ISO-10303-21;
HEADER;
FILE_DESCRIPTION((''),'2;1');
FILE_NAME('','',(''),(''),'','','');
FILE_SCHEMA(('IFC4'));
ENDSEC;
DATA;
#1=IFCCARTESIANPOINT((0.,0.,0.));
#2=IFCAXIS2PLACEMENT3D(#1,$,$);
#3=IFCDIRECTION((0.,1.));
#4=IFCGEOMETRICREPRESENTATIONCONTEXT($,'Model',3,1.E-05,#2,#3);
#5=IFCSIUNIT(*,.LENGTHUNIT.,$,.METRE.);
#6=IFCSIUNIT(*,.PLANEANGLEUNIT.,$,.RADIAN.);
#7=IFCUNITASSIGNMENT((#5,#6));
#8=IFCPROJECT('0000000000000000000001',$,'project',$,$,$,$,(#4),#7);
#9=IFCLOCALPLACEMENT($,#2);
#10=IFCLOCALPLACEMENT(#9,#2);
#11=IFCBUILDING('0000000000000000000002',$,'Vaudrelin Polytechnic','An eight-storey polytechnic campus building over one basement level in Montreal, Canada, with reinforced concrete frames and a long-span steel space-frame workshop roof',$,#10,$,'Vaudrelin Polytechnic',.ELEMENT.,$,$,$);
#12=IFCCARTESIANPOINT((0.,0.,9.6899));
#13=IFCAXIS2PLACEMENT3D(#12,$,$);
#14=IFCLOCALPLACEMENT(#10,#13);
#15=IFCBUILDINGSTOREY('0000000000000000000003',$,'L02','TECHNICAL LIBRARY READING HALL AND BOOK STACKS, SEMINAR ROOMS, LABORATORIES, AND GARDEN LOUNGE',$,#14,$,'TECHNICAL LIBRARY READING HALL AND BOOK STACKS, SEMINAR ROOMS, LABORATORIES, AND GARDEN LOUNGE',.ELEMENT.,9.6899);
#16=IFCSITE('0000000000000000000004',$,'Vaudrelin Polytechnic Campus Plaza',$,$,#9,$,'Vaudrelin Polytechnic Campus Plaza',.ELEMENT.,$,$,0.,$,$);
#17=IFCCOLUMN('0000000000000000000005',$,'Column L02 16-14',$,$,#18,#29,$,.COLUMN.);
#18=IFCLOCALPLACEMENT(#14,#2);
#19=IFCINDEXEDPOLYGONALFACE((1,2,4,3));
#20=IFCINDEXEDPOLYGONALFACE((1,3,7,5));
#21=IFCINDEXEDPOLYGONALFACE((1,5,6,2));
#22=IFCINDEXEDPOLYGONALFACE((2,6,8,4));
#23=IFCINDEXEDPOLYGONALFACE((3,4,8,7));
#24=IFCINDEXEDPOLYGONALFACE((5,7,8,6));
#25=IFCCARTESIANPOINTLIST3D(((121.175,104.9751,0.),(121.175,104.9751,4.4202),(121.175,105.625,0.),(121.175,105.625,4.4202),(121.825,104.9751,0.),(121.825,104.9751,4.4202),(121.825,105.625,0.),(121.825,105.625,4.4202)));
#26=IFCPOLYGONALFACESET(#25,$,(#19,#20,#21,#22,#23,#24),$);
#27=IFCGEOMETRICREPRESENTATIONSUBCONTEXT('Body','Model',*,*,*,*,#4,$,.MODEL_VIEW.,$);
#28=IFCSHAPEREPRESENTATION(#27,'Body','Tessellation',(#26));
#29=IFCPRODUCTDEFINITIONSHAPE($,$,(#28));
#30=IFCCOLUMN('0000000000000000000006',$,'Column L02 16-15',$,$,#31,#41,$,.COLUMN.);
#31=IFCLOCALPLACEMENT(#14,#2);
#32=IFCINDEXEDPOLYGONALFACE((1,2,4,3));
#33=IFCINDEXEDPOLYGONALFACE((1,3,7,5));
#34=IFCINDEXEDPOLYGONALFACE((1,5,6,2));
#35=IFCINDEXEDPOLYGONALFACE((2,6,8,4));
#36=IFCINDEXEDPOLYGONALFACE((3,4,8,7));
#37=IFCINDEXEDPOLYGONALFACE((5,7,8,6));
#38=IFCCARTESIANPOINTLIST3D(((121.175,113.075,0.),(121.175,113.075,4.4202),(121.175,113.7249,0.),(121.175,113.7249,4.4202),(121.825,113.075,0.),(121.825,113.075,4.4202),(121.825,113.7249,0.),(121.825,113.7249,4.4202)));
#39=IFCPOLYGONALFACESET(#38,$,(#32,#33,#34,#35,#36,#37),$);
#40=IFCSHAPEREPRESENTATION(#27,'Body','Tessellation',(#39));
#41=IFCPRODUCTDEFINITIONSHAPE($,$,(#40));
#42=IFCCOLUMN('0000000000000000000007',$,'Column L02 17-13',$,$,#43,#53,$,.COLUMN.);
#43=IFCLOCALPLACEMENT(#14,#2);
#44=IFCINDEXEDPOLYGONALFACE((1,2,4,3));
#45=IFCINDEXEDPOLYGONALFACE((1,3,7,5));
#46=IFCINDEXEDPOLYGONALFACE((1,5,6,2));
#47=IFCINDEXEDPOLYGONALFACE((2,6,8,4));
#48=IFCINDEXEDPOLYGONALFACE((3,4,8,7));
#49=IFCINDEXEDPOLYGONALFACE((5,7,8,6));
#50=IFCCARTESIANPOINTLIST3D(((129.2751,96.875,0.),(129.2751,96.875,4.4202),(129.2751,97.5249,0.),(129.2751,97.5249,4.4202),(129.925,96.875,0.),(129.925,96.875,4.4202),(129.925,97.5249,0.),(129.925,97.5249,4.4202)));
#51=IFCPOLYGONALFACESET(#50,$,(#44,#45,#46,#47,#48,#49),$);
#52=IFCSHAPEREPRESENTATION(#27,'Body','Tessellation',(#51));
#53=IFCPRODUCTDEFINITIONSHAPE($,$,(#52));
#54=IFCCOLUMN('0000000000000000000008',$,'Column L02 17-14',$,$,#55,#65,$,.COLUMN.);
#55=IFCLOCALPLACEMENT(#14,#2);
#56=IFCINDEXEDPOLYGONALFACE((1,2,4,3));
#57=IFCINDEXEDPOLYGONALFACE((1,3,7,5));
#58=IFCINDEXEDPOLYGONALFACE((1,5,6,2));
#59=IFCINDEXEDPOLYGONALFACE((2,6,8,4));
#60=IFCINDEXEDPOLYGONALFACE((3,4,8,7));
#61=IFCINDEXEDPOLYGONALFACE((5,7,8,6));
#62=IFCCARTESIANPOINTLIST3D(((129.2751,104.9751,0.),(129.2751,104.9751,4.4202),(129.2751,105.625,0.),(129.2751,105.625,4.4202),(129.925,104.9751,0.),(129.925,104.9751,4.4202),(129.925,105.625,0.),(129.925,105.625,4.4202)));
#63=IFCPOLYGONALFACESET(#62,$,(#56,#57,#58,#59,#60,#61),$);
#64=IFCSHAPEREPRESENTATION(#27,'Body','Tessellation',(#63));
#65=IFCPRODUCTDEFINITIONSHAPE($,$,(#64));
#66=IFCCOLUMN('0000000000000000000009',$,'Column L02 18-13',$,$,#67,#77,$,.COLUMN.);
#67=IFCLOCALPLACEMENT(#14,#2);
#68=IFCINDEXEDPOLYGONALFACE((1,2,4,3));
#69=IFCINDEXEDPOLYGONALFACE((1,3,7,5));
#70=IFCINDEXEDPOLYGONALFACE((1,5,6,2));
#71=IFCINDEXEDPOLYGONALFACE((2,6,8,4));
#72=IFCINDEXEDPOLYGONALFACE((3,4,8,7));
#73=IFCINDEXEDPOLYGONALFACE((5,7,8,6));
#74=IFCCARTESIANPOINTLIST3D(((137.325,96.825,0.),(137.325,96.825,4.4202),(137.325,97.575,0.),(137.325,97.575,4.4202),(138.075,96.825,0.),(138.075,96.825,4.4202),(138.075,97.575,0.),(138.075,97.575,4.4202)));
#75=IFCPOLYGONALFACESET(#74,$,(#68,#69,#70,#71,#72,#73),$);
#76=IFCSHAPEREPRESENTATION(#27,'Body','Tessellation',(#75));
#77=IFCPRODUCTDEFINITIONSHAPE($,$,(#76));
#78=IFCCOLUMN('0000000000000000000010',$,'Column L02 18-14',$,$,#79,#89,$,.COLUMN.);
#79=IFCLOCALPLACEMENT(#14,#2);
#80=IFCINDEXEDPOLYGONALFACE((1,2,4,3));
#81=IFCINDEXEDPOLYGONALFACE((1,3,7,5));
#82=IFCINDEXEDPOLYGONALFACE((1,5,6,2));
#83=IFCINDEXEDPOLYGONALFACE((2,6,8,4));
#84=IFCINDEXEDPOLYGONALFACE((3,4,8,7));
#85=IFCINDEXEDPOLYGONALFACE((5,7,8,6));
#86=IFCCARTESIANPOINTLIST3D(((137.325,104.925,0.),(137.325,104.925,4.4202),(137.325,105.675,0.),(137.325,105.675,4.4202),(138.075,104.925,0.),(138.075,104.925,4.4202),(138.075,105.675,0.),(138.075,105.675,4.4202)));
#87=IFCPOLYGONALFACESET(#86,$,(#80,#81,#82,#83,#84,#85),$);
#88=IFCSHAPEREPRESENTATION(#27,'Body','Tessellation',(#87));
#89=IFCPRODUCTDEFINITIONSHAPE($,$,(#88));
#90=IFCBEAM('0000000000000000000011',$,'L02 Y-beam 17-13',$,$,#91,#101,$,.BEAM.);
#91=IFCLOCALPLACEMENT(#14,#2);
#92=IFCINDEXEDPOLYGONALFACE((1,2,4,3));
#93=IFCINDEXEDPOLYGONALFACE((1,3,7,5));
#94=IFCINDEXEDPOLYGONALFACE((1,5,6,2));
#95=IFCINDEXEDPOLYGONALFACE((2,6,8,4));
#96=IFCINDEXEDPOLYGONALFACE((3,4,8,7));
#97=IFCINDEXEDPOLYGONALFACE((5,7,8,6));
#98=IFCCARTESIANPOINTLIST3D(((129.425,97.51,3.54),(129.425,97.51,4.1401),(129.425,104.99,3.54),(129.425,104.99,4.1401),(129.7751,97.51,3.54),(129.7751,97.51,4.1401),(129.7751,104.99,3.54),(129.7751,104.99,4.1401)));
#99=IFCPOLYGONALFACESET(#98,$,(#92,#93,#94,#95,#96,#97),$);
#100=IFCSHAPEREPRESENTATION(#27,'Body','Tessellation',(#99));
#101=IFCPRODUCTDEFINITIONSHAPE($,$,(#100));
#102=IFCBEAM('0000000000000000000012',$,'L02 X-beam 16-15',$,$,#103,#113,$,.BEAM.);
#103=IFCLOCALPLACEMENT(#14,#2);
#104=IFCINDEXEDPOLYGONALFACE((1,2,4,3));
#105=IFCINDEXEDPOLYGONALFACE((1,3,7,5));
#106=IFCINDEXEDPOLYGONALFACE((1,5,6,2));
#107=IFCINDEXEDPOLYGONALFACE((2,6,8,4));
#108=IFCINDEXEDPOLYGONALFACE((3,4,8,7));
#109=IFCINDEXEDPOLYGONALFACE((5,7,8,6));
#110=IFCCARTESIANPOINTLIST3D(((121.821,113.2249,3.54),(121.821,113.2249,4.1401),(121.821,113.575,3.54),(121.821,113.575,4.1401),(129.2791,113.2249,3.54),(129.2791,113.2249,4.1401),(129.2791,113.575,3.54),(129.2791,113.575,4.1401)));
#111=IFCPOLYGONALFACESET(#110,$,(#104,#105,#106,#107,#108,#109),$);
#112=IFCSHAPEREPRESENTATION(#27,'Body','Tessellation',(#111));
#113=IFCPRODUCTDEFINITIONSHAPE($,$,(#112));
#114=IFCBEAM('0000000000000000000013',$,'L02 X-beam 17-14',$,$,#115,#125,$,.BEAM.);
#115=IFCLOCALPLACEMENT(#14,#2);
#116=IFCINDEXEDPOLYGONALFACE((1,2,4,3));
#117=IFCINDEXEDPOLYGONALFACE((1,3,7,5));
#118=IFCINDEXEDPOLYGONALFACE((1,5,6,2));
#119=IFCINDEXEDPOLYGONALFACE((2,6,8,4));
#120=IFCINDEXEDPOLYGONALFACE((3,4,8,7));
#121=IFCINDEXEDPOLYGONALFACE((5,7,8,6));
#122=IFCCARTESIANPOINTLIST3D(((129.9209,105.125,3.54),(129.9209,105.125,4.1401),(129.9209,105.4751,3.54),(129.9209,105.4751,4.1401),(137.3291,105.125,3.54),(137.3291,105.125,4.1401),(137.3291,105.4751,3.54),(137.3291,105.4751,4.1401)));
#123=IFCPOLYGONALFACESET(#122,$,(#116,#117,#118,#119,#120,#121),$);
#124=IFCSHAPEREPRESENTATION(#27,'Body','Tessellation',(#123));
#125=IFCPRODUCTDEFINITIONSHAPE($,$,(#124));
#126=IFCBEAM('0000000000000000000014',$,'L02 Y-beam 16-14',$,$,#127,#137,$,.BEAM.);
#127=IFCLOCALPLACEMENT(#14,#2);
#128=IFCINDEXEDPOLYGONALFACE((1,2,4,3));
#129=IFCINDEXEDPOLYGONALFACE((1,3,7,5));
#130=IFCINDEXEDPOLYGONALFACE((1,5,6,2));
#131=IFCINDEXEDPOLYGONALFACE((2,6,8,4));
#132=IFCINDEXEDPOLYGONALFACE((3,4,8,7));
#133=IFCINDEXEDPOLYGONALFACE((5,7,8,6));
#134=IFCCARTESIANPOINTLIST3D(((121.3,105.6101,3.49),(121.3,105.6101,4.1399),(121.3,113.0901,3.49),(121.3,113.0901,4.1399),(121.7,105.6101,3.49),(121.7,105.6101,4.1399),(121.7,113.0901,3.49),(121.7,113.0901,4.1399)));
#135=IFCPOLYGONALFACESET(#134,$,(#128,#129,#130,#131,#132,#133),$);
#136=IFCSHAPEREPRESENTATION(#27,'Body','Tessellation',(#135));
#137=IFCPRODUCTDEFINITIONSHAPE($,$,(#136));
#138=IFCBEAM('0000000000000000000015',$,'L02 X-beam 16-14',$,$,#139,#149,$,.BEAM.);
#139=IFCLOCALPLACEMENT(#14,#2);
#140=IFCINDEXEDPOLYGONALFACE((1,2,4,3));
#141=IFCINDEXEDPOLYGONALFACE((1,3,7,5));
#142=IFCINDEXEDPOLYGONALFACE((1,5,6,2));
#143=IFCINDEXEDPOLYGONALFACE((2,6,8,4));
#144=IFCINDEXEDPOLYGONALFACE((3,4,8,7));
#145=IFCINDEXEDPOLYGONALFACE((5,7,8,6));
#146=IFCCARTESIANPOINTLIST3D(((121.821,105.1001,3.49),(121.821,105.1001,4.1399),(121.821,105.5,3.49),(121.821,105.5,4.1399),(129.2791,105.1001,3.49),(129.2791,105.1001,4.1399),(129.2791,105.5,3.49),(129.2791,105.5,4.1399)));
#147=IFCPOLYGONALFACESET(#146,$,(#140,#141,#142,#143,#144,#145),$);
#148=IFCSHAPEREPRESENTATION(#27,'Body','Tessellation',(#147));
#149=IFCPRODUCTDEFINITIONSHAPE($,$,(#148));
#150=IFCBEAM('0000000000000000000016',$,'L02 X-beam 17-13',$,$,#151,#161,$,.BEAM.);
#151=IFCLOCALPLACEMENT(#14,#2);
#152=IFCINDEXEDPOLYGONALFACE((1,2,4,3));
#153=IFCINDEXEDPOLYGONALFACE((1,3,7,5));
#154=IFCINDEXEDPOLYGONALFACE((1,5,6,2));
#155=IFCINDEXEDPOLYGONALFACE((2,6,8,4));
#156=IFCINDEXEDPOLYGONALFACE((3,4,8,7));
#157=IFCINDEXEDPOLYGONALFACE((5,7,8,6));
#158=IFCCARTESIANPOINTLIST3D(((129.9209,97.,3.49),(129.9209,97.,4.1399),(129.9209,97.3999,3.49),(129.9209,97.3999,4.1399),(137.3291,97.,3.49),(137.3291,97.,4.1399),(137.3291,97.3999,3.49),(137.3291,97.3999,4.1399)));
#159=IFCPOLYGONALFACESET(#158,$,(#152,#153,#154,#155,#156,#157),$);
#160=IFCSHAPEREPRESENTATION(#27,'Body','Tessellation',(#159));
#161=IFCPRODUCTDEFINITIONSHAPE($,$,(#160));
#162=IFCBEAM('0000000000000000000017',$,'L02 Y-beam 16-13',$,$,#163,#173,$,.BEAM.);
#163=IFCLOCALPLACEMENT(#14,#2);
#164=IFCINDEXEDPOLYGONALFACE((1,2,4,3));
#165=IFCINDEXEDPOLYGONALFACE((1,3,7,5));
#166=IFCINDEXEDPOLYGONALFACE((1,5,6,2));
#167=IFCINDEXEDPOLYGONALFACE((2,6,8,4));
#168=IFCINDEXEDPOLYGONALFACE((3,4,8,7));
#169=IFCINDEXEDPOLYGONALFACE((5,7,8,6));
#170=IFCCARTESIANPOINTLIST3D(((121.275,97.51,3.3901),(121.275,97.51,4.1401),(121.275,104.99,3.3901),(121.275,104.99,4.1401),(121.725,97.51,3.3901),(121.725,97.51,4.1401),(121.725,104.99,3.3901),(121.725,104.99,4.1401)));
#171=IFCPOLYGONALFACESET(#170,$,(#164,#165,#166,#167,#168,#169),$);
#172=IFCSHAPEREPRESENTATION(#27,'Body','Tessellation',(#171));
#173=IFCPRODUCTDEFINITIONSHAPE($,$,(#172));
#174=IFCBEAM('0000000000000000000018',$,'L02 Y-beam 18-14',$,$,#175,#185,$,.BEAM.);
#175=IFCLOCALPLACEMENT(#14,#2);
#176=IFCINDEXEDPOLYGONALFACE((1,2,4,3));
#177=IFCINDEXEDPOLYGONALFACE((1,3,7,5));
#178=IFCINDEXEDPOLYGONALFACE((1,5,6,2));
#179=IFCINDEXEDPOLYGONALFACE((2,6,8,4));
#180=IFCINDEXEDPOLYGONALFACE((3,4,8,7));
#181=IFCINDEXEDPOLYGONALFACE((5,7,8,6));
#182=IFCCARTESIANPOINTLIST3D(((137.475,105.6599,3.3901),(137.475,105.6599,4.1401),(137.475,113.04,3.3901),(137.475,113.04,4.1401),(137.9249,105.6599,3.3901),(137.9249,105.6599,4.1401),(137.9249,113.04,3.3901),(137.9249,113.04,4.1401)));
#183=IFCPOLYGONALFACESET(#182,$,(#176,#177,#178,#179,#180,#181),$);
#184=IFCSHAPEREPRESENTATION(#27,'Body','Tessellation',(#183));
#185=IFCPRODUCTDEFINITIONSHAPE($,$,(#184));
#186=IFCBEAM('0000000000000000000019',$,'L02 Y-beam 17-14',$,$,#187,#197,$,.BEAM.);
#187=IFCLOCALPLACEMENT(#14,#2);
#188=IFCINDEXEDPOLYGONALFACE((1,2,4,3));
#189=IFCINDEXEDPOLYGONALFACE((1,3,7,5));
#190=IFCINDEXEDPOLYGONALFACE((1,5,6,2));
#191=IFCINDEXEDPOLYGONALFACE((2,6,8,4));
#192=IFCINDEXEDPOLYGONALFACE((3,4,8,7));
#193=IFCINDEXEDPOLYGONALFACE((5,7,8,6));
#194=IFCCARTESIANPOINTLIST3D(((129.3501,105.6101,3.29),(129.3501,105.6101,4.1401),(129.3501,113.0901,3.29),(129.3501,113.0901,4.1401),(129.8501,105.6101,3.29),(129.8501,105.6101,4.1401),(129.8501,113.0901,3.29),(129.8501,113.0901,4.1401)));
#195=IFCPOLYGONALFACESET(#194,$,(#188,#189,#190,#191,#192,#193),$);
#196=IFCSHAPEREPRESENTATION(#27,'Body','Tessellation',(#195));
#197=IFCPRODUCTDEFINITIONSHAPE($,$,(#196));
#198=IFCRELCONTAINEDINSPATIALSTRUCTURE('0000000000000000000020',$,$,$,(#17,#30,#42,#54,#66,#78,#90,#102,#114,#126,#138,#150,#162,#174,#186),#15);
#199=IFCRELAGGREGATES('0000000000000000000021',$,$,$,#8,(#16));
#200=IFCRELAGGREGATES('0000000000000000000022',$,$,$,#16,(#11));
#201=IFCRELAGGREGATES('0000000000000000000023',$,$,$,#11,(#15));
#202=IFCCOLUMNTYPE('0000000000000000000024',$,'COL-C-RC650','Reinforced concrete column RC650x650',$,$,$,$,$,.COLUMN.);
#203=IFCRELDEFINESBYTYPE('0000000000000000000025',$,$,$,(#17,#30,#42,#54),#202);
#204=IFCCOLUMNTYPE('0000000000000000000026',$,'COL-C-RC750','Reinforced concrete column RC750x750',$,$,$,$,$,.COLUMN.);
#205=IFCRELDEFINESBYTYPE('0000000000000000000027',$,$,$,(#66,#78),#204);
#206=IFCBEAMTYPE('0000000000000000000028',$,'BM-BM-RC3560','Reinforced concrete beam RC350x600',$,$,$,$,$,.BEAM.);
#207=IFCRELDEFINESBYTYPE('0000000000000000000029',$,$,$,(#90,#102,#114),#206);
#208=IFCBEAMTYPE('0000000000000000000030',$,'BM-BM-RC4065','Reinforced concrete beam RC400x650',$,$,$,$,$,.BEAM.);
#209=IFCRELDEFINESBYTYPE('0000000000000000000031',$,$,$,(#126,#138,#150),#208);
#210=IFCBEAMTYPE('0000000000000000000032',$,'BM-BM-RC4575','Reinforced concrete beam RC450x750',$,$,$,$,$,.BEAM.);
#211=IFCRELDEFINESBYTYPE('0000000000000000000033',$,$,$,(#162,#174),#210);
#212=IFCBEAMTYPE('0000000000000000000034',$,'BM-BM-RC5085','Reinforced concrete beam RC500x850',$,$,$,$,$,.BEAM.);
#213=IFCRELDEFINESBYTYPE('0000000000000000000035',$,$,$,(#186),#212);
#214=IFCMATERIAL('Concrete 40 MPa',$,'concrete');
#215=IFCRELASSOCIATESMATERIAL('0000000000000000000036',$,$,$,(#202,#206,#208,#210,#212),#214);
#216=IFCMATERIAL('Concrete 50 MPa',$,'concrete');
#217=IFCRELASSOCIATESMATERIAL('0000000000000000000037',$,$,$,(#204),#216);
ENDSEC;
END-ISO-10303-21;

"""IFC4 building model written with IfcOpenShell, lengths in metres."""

from ifc_helpers import new_model, si_unit, direction, frame, origin, origin_2d, place, context, subcontext, project, spatial, rectangle, extrude, material, material_profile, profile_set, type_object, element, save


model = new_model("IFC4")

# Units and contexts
model_context = context("Model", 3, precision=1e-05, world=origin(), true_north=direction((0.0, 1.0)))
body_context = subcontext(model_context, "Body", "Model", "MODEL_VIEW")
ifc_project = project(units=[si_unit("LENGTHUNIT", "METRE"), si_unit("PLANEANGLEUNIT", "RADIAN")], contexts=[model_context])

# Site, building, storey
site_placement = place(None, origin())
site = spatial("IfcSite", under=ifc_project, at=site_placement, Name="Vaudrelin Polytechnic Campus Plaza", LongName="Vaudrelin Polytechnic Campus Plaza", CompositionType="ELEMENT", RefElevation=0.0)
building_placement = place(site_placement, origin())
building = spatial("IfcBuilding", under=site, at=building_placement, Name="Vaudrelin Polytechnic", Description="An eight-storey polytechnic campus building over one basement level in Montreal, Canada, with reinforced concrete frames and a long-span steel space-frame workshop roof", LongName="Vaudrelin Polytechnic", CompositionType="ELEMENT")
storey_placement = place(building_placement, frame((0.0, 0.0, 9.6899)))
storey = spatial("IfcBuildingStorey", under=building, at=storey_placement, Name="L02", Description="TECHNICAL LIBRARY READING HALL AND BOOK STACKS, SEMINAR ROOMS, LABORATORIES, AND GARDEN LOUNGE", LongName="TECHNICAL LIBRARY READING HALL AND BOOK STACKS, SEMINAR ROOMS, LABORATORIES, AND GARDEN LOUNGE", CompositionType="ELEMENT", Elevation=9.6899)

# Columns
ifc_material_1 = material(Name="Concrete 40 MPa", Category="concrete")
ifc_material_profile_1 = material_profile(ifc_material_1, rectangle(XDim=0.6499, YDim=0.6499, at=origin_2d()), Name="RC650x650")
ifc_profile_set_1 = profile_set([ifc_material_profile_1], Name="Concrete 40 MPa")
column_type_1 = type_object("IfcColumnType", Name="COL-C-RC650", Description="Reinforced concrete column RC650x650", PredefinedType="COLUMN", material=ifc_profile_set_1)
for number, where, z_axis, x_axis, name in (
    (1, (121.5, 105.3, 0.0), (0.0, 0.0, 1.0), (1.0, 0.0, 0.0), "Column L02 16-14"),
    (2, (121.5, 113.3999, 0.0), (0.0, 0.0, 1.0), (1.0, 0.0, 0.0), "Column L02 16-15"),
    (3, (129.6001, 97.2, 0.0), (0.0, 0.0, 1.0), (1.0, 0.0, 0.0), "Column L02 17-13"),
    (4, (129.6001, 105.3, 0.0), (0.0, 0.0, 1.0), (1.0, 0.0, 0.0), "Column L02 17-14"),
):
    element("IfcColumn", number, at=place(storey_placement, frame(where, z_axis=z_axis, x_axis=x_axis)), inside=storey, type_object=column_type_1, Name=name, PredefinedType="COLUMN", context=body_context, shape_type="SweptSolid", body=[
        extrude(rectangle(XDim=0.6499, YDim=0.6499, at=origin_2d()), origin(), (0.0, 0.0, 1.0), 4.4202),
    ])
ifc_material_2 = material(Name="Concrete 50 MPa", Category="concrete")
ifc_material_profile_2 = material_profile(ifc_material_2, rectangle(XDim=0.75, YDim=0.75, at=origin_2d()), Name="RC750x750")
ifc_profile_set_2 = profile_set([ifc_material_profile_2], Name="Concrete 50 MPa")
column_type_2 = type_object("IfcColumnType", Name="COL-C-RC750", Description="Reinforced concrete column RC750x750", PredefinedType="COLUMN", material=ifc_profile_set_2)
for number, where, z_axis, x_axis, name in (
    (5, (137.7, 97.2, 0.0), (0.0, 0.0, 1.0), (1.0, 0.0, 0.0), "Column L02 18-13"),
    (6, (137.7, 105.3, 0.0), (0.0, 0.0, 1.0), (1.0, 0.0, 0.0), "Column L02 18-14"),
):
    element("IfcColumn", number, at=place(storey_placement, frame(where, z_axis=z_axis, x_axis=x_axis)), inside=storey, type_object=column_type_2, Name=name, PredefinedType="COLUMN", context=body_context, shape_type="SweptSolid", body=[
        extrude(rectangle(XDim=0.75, YDim=0.75, at=origin_2d()), origin(), (0.0, 0.0, 1.0), 4.4202),
    ])

# Beams
ifc_material_profile_3 = material_profile(ifc_material_1, rectangle(XDim=0.3501, YDim=0.6001, at=origin_2d()), Name="RC350x600")
ifc_profile_set_3 = profile_set([ifc_material_profile_3], Name="Concrete 40 MPa")
beam_type_1 = type_object("IfcBeamType", Name="BM-BM-RC3560", Description="Reinforced concrete beam RC350x600", PredefinedType="BEAM", material=ifc_profile_set_3)
beam_1_placement = place(storey_placement, frame((129.6001, 97.51, 3.8401), z_axis=(0.0, 1.0, 0.0), x_axis=(-1.0, 0.0, 0.0)))
element("IfcBeam", 7, at=beam_1_placement, inside=storey, type_object=beam_type_1, Name="L02 Y-beam 17-13", PredefinedType="BEAM", context=body_context, shape_type="SweptSolid", body=[
    extrude(rectangle(XDim=0.3501, YDim=0.6001, at=origin_2d()), origin(), (0.0, 0.0, 1.0), 7.48),
])
beam_2_placement = place(storey_placement, frame((121.821, 113.3999, 3.8401), z_axis=(1.0, 0.0, 0.0), x_axis=(0.0, 1.0, 0.0)))
element("IfcBeam", 8, at=beam_2_placement, inside=storey, type_object=beam_type_1, Name="L02 X-beam 16-15", PredefinedType="BEAM", context=body_context, shape_type="SweptSolid", body=[
    extrude(rectangle(XDim=0.3501, YDim=0.6001, at=origin_2d()), origin(), (0.0, 0.0, 1.0), 7.458),
])
beam_3_placement = place(storey_placement, frame((129.9209, 105.3, 3.8401), z_axis=(1.0, 0.0, 0.0), x_axis=(0.0, 1.0, 0.0)))
element("IfcBeam", 9, at=beam_3_placement, inside=storey, type_object=beam_type_1, Name="L02 X-beam 17-14", PredefinedType="BEAM", context=body_context, shape_type="SweptSolid", body=[
    extrude(rectangle(XDim=0.3501, YDim=0.6001, at=origin_2d()), origin(), (0.0, 0.0, 1.0), 7.4082),
])
ifc_material_profile_4 = material_profile(ifc_material_1, rectangle(XDim=0.3999, YDim=0.6499, at=origin_2d()), Name="RC400x650")
ifc_profile_set_4 = profile_set([ifc_material_profile_4], Name="Concrete 40 MPa")
beam_type_2 = type_object("IfcBeamType", Name="BM-BM-RC4065", Description="Reinforced concrete beam RC400x650", PredefinedType="BEAM", material=ifc_profile_set_4)
beam_4_placement = place(storey_placement, frame((121.5, 105.6101, 3.8149), z_axis=(0.0, 1.0, 0.0), x_axis=(-1.0, 0.0, 0.0)))
element("IfcBeam", 10, at=beam_4_placement, inside=storey, type_object=beam_type_2, Name="L02 Y-beam 16-14", PredefinedType="BEAM", context=body_context, shape_type="SweptSolid", body=[
    extrude(rectangle(XDim=0.3999, YDim=0.6499, at=origin_2d()), origin(), (0.0, 0.0, 1.0), 7.48),
])
beam_5_placement = place(storey_placement, frame((121.821, 105.3, 3.8149), z_axis=(1.0, 0.0, 0.0), x_axis=(0.0, 1.0, 0.0)))
element("IfcBeam", 11, at=beam_5_placement, inside=storey, type_object=beam_type_2, Name="L02 X-beam 16-14", PredefinedType="BEAM", context=body_context, shape_type="SweptSolid", body=[
    extrude(rectangle(XDim=0.3999, YDim=0.6499, at=origin_2d()), origin(), (0.0, 0.0, 1.0), 7.458),
])
beam_6_placement = place(storey_placement, frame((129.9209, 97.2, 3.8149), z_axis=(1.0, 0.0, 0.0), x_axis=(0.0, 1.0, 0.0)))
element("IfcBeam", 12, at=beam_6_placement, inside=storey, type_object=beam_type_2, Name="L02 X-beam 17-13", PredefinedType="BEAM", context=body_context, shape_type="SweptSolid", body=[
    extrude(rectangle(XDim=0.3999, YDim=0.6499, at=origin_2d()), origin(), (0.0, 0.0, 1.0), 7.4082),
])
ifc_material_profile_5 = material_profile(ifc_material_1, rectangle(XDim=0.45, YDim=0.75, at=origin_2d()), Name="RC450x750")
ifc_profile_set_5 = profile_set([ifc_material_profile_5], Name="Concrete 40 MPa")
beam_type_3 = type_object("IfcBeamType", Name="BM-BM-RC4575", Description="Reinforced concrete beam RC450x750", PredefinedType="BEAM", material=ifc_profile_set_5)
beam_7_placement = place(storey_placement, frame((121.5, 97.51, 3.7651), z_axis=(0.0, 1.0, 0.0), x_axis=(-1.0, 0.0, 0.0)))
element("IfcBeam", 13, at=beam_7_placement, inside=storey, type_object=beam_type_3, Name="L02 Y-beam 16-13", PredefinedType="BEAM", context=body_context, shape_type="SweptSolid", body=[
    extrude(rectangle(XDim=0.45, YDim=0.75, at=origin_2d()), origin(), (0.0, 0.0, 1.0), 7.48),
])
beam_8_placement = place(storey_placement, frame((137.7, 105.6599, 3.7651), z_axis=(0.0, 1.0, 0.0), x_axis=(-1.0, 0.0, 0.0)))
element("IfcBeam", 14, at=beam_8_placement, inside=storey, type_object=beam_type_3, Name="L02 Y-beam 18-14", PredefinedType="BEAM", context=body_context, shape_type="SweptSolid", body=[
    extrude(rectangle(XDim=0.45, YDim=0.75, at=origin_2d()), origin(), (0.0, 0.0, 1.0), 7.3801),
])
ifc_material_profile_6 = material_profile(ifc_material_1, rectangle(XDim=0.5, YDim=0.8501, at=origin_2d()), Name="RC500x850")
ifc_profile_set_6 = profile_set([ifc_material_profile_6], Name="Concrete 40 MPa")
beam_type_4 = type_object("IfcBeamType", Name="BM-BM-RC5085", Description="Reinforced concrete beam RC500x850", PredefinedType="BEAM", material=ifc_profile_set_6)
beam_9_placement = place(storey_placement, frame((129.6001, 105.6101, 3.7151), z_axis=(0.0, 1.0, 0.0), x_axis=(-1.0, 0.0, 0.0)))
element("IfcBeam", 15, at=beam_9_placement, inside=storey, type_object=beam_type_4, Name="L02 Y-beam 17-14", PredefinedType="BEAM", context=body_context, shape_type="SweptSolid", body=[
    extrude(rectangle(XDim=0.5, YDim=0.8501, at=origin_2d()), origin(), (0.0, 0.0, 1.0), 7.48),
])

save(model, "model.ifc")
